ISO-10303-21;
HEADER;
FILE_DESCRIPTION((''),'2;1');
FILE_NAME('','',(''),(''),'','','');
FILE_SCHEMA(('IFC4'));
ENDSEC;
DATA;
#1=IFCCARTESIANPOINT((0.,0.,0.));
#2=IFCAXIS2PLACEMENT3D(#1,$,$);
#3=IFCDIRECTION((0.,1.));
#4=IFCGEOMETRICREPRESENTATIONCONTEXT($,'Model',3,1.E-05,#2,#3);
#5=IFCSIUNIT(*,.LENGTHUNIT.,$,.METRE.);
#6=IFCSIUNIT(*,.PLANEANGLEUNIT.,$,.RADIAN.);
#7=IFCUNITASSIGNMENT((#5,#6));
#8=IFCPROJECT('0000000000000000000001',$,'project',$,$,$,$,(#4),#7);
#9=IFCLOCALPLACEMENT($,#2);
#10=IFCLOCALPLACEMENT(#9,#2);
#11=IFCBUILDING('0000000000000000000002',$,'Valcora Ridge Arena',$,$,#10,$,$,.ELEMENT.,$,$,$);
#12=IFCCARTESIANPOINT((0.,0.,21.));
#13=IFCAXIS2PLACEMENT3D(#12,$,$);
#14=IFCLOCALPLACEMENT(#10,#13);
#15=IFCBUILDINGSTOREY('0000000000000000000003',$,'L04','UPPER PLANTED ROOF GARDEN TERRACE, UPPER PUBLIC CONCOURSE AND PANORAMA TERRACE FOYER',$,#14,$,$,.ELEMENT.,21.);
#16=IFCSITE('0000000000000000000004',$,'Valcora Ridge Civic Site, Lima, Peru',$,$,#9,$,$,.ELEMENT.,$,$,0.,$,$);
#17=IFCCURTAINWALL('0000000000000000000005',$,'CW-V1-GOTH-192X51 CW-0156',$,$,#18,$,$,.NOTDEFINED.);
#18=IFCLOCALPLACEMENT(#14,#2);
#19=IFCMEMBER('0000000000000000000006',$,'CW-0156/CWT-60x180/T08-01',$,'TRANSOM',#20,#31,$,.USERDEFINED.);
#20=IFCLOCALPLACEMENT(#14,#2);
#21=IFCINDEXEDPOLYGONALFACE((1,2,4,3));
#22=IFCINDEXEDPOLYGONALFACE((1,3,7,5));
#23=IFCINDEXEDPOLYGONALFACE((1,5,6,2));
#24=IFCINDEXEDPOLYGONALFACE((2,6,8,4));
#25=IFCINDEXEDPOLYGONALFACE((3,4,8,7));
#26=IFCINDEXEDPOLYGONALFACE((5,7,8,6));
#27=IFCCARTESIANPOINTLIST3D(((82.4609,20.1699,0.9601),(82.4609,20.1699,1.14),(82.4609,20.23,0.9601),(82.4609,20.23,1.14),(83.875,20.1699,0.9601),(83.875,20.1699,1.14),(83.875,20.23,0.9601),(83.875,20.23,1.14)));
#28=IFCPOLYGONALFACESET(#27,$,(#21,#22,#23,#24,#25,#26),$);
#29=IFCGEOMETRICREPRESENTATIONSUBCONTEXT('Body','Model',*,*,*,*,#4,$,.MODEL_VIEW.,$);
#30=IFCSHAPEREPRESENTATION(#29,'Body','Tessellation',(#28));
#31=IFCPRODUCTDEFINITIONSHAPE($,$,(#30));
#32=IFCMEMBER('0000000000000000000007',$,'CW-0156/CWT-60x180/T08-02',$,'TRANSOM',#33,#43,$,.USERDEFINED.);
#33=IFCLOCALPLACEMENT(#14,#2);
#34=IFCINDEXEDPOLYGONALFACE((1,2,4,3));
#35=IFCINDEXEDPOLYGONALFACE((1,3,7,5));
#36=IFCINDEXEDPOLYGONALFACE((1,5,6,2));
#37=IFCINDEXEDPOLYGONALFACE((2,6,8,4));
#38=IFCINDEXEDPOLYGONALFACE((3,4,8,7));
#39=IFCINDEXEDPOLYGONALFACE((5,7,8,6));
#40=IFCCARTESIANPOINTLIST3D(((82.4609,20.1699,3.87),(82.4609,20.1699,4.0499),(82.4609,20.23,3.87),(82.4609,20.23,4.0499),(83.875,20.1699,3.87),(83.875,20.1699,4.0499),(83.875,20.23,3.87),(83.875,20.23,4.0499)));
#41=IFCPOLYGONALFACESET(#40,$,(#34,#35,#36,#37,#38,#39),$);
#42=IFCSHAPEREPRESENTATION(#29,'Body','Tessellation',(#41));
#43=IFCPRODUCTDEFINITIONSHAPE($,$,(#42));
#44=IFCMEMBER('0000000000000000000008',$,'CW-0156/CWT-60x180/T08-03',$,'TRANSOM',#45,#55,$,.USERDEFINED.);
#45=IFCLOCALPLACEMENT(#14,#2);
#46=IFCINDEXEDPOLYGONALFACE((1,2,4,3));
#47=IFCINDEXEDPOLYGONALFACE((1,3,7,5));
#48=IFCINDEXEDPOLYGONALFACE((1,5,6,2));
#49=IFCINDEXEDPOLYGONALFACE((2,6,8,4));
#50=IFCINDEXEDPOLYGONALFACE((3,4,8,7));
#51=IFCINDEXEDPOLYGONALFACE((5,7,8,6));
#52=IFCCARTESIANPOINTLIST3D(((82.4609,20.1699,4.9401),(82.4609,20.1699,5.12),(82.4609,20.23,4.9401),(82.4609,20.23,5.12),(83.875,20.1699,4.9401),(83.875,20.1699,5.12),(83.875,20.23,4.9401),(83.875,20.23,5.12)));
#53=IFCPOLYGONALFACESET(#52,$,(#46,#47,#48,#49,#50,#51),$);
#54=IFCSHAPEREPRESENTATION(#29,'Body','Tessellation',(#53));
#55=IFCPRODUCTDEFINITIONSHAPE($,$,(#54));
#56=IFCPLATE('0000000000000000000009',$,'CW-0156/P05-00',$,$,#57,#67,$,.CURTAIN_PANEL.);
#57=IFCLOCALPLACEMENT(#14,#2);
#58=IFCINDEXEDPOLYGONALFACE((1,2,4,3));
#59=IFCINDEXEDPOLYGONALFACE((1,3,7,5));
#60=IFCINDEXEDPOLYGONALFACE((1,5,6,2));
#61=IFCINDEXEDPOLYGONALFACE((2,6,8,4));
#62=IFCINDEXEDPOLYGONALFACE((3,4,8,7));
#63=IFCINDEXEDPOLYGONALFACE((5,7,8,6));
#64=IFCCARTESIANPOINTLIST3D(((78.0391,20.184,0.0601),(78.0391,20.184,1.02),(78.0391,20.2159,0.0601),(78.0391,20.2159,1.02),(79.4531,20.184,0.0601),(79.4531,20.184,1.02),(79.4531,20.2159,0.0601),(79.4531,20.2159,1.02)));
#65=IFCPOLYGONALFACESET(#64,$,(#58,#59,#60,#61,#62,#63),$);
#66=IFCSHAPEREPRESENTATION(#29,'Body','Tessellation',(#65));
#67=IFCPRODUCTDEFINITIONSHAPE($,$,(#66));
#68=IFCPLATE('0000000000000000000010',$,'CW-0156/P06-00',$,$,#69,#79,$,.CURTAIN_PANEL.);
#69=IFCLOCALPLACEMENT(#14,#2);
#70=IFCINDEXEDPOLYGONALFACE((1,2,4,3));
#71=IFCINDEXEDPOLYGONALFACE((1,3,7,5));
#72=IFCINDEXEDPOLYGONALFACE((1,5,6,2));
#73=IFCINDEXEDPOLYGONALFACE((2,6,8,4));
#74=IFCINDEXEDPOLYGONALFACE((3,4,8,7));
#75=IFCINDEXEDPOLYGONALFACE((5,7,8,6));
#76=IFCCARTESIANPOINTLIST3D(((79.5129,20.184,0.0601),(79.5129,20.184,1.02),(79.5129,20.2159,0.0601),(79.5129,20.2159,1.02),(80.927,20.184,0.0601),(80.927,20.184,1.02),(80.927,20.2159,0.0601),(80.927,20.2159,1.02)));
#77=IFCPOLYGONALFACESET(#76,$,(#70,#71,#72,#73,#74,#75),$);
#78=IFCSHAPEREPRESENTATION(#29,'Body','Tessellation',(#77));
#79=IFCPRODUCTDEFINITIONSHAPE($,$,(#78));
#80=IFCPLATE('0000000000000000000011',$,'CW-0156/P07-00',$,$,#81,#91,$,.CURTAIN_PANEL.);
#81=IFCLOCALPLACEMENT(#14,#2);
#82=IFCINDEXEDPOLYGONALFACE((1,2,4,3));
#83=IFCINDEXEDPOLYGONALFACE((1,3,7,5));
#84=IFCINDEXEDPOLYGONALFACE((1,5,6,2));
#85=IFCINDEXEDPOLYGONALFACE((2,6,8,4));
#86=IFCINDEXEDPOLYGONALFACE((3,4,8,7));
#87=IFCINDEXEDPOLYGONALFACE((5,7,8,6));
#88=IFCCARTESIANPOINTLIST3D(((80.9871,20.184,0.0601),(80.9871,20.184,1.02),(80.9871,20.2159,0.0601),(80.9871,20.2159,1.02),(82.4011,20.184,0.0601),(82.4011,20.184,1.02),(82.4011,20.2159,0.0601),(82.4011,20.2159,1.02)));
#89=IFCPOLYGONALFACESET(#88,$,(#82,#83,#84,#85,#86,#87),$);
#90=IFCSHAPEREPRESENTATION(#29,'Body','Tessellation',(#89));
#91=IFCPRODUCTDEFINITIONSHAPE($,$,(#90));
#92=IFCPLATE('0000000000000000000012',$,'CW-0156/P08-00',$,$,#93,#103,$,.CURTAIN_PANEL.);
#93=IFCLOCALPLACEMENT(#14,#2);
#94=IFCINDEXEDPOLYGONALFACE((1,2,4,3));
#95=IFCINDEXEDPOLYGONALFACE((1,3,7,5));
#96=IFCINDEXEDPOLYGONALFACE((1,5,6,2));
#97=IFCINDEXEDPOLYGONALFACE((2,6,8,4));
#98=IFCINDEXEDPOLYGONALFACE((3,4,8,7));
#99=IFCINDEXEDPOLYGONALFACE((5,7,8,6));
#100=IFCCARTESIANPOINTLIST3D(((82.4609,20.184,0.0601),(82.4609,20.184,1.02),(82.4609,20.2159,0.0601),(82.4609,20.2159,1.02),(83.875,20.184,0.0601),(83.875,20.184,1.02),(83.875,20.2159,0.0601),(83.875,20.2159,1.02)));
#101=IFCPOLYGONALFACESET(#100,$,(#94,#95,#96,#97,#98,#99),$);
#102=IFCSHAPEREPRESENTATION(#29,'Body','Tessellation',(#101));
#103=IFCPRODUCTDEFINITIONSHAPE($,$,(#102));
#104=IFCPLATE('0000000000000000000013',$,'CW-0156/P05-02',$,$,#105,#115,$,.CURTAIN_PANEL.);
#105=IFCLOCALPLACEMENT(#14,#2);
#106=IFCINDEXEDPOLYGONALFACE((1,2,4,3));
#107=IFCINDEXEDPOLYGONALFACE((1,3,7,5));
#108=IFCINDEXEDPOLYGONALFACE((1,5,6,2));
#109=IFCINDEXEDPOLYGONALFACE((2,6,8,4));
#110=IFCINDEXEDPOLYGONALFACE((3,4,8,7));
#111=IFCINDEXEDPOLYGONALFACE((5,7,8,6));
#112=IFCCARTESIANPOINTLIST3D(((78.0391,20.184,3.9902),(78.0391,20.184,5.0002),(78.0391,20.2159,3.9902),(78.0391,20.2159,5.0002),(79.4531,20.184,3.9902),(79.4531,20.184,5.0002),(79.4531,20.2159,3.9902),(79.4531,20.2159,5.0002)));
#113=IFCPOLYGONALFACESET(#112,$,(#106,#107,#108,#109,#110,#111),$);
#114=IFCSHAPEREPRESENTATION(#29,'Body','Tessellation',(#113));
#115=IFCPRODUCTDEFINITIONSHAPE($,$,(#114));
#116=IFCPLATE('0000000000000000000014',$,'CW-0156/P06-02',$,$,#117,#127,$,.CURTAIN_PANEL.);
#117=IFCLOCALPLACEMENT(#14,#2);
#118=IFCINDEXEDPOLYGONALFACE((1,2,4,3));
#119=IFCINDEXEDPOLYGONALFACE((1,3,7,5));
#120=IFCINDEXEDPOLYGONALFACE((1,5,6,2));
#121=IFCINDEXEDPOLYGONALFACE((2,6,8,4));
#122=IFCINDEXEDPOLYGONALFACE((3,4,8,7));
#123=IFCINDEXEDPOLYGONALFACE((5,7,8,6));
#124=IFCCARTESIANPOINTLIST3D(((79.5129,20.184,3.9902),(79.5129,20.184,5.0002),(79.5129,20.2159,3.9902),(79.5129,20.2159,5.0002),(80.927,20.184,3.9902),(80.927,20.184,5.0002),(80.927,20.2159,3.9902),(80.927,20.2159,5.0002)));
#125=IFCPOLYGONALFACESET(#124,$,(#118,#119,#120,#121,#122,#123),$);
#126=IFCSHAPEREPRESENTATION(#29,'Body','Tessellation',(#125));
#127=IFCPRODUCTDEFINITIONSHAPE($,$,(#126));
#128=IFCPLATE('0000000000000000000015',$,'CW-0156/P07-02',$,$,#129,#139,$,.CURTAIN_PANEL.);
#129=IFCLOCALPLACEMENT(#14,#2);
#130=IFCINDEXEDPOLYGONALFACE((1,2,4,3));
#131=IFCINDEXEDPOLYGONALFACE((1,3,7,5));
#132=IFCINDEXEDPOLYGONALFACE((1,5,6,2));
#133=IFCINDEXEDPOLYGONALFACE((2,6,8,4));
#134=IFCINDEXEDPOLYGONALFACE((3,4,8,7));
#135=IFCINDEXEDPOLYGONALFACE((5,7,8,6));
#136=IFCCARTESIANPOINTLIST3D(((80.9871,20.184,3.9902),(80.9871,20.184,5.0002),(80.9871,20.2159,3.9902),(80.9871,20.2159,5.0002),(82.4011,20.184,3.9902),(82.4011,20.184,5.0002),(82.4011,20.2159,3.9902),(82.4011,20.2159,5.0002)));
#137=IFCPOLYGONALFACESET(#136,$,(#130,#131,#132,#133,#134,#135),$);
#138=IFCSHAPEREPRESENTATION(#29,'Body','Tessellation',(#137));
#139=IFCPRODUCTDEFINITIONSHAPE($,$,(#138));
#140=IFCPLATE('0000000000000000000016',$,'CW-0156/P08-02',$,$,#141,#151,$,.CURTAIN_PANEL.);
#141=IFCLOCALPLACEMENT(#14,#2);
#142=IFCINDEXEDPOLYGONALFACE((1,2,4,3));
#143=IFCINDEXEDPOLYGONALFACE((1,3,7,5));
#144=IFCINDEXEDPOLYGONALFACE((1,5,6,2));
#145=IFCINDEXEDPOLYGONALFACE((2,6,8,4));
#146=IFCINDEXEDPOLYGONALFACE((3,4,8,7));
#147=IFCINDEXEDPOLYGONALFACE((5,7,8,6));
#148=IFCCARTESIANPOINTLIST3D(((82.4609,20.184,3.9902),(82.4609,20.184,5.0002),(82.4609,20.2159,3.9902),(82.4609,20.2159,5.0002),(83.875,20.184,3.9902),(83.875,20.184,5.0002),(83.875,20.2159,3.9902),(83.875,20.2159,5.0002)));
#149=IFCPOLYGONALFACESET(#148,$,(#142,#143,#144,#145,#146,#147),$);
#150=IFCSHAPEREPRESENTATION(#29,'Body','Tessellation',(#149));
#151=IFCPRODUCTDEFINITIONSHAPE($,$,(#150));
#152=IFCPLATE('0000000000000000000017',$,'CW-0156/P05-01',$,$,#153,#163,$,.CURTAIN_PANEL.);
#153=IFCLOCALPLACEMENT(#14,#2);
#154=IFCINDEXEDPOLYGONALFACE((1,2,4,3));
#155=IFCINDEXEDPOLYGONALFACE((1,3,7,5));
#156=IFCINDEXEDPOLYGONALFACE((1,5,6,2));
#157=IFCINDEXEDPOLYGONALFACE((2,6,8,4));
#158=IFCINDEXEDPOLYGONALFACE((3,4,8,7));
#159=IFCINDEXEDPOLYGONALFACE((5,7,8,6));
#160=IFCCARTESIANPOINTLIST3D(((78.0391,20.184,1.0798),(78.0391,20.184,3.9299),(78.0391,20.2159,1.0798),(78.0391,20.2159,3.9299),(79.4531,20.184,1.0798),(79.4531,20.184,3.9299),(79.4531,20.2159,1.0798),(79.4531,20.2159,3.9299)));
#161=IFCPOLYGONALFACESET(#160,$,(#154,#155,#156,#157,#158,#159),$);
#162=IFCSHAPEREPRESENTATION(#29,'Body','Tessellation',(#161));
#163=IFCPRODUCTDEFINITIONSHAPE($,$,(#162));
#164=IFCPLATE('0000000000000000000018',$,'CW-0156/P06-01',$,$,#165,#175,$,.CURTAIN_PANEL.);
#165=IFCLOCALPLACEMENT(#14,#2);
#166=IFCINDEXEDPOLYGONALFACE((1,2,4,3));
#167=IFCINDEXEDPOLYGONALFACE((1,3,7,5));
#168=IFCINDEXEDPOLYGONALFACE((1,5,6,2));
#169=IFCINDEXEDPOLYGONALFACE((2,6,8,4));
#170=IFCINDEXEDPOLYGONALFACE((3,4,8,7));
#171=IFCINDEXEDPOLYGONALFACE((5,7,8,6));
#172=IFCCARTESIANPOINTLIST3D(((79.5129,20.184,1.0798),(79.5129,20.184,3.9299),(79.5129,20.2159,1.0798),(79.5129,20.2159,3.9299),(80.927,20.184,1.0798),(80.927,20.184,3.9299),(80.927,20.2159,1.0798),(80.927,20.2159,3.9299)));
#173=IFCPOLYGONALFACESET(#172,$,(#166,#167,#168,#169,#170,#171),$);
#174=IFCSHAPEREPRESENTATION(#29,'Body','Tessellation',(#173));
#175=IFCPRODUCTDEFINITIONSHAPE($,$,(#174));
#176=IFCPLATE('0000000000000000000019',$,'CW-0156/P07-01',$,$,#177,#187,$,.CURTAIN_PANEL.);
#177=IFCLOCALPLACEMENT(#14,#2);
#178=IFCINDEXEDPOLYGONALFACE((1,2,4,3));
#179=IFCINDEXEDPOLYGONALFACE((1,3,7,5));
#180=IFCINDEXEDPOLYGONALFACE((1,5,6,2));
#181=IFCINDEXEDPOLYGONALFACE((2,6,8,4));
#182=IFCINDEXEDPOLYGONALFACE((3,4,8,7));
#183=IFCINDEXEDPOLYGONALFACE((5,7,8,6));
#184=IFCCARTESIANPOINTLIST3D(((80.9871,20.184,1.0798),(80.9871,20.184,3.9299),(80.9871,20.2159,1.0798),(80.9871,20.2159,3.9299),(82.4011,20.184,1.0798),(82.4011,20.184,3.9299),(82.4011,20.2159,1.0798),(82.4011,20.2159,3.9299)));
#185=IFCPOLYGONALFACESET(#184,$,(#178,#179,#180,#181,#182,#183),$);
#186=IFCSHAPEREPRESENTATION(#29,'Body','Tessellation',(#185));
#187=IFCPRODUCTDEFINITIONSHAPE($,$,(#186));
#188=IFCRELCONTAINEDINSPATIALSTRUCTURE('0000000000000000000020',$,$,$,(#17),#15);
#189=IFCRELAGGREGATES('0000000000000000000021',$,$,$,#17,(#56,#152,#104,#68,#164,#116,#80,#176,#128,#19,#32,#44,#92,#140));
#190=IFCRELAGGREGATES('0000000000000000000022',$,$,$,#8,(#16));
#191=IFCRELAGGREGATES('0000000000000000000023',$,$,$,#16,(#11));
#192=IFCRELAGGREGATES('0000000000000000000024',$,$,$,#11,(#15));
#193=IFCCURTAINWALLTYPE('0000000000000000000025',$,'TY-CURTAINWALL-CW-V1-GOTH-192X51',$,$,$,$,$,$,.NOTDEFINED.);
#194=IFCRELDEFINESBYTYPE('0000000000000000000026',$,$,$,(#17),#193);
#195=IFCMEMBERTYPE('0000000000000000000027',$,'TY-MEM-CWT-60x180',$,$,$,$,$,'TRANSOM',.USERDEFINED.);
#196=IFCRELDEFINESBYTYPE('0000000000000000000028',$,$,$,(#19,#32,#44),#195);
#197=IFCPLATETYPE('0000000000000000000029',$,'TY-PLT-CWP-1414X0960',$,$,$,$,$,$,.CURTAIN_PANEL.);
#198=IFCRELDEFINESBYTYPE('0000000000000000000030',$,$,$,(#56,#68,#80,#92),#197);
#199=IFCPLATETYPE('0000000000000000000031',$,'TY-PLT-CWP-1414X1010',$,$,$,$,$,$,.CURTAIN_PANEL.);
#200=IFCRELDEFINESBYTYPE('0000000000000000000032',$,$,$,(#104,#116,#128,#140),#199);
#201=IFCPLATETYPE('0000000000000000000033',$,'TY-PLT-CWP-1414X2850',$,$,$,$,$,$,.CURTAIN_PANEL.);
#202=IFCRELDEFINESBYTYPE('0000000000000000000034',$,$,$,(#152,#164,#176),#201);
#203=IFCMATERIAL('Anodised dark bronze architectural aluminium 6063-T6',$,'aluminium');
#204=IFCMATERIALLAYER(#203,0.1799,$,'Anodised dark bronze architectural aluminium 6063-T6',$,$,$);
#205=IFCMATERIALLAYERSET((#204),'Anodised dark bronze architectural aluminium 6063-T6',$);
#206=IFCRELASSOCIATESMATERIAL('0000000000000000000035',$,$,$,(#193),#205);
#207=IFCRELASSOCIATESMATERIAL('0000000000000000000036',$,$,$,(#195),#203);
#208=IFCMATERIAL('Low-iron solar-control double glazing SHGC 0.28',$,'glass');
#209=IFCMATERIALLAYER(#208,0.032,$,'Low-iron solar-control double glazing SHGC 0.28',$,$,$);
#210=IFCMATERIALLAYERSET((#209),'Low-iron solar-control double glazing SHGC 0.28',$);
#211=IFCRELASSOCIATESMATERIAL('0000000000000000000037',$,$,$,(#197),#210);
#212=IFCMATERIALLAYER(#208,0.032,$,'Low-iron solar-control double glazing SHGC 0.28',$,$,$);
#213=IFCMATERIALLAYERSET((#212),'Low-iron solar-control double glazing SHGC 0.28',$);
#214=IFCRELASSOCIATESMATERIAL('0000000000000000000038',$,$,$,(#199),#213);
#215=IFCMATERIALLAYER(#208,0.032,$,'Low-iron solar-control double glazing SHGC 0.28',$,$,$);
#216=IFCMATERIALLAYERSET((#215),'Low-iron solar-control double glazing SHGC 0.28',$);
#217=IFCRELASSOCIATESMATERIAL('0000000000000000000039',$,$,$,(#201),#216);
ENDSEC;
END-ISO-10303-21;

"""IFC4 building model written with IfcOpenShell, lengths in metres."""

from ifc_helpers import new_model, si_unit, direction, frame, origin, origin_2d, place, context, subcontext, project, spatial, rectangle, extrude, material, layer, layer_set, material_profile, profile_set, type_object, element, aggregate, save


model = new_model("IFC4")

# Units and contexts
model_context = context("Model", 3, precision=1e-05, world=origin(), true_north=direction((0.0, 1.0)))
body_context = subcontext(model_context, "Body", "Model", "MODEL_VIEW")
ifc_project = project(units=[si_unit("LENGTHUNIT", "METRE"), si_unit("PLANEANGLEUNIT", "RADIAN")], contexts=[model_context])

# Site, building, storey
site_placement = place(None, origin())
site = spatial("IfcSite", under=ifc_project, at=site_placement, Name="Valcora Ridge Civic Site, Lima, Peru", CompositionType="ELEMENT", RefElevation=0.0)
building_placement = place(site_placement, origin())
building = spatial("IfcBuilding", under=site, at=building_placement, Name="Valcora Ridge Arena", CompositionType="ELEMENT")
storey_placement = place(building_placement, frame((0.0, 0.0, 21.0)))
storey = spatial("IfcBuildingStorey", under=building, at=storey_placement, Name="L04", Description="UPPER PLANTED ROOF GARDEN TERRACE, UPPER PUBLIC CONCOURSE AND PANORAMA TERRACE FOYER", CompositionType="ELEMENT", Elevation=21.0)

# Curtain wall, members, plates
ifc_material_1 = material(Name="Anodised dark bronze architectural aluminium 6063-T6", Category="aluminium")
ifc_layer_1 = layer(ifc_material_1, 0.1799, Name="Anodised dark bronze architectural aluminium 6063-T6")
ifc_layer_set_1 = layer_set([ifc_layer_1], Name="Anodised dark bronze architectural aluminium 6063-T6")
curtain_wall_type = type_object("IfcCurtainWallType", Name="TY-CURTAINWALL-CW-V1-GOTH-192X51", PredefinedType="NOTDEFINED", material=ifc_layer_set_1)
curtain_wall_placement = place(storey_placement, origin())
curtain_wall = element("IfcCurtainWall", 1, at=curtain_wall_placement, inside=storey, type_object=curtain_wall_type, Name="CW-V1-GOTH-192X51 CW-0156", PredefinedType="NOTDEFINED")
ifc_material_profile_1 = material_profile(ifc_material_1, rectangle(XDim=0.0601, YDim=0.1799, at=origin_2d()), Name="ALU TRANSOM 60x180")
ifc_profile_set_1 = profile_set([ifc_material_profile_1], Name="Anodised dark bronze architectural aluminium 6063-T6")
member_type_1 = type_object("IfcMemberType", Name="TY-MEM-CWT-60x180", ElementType="TRANSOM", PredefinedType="USERDEFINED", material=ifc_profile_set_1)
member_1_placement = place(storey_placement, frame((82.4609, 20.2, 1.05), z_axis=(1.0, 0.0, 0.0), x_axis=(0.0, 1.0, 0.0)))
member_1 = element("IfcMember", 2, at=member_1_placement, type_object=member_type_1, Name="CW-0156/CWT-60x180/T08-01", ObjectType="TRANSOM", PredefinedType="USERDEFINED", context=body_context, shape_type="SweptSolid", body=[
    extrude(rectangle(XDim=0.0601, YDim=0.1799, at=origin_2d()), origin(), (0.0, 0.0, 1.0), 1.4141),
])
member_2_placement = place(storey_placement, frame((82.4609, 20.2, 3.96), z_axis=(1.0, 0.0, 0.0), x_axis=(0.0, 1.0, 0.0)))
member_2 = element("IfcMember", 3, at=member_2_placement, type_object=member_type_1, Name="CW-0156/CWT-60x180/T08-02", ObjectType="TRANSOM", PredefinedType="USERDEFINED", context=body_context, shape_type="SweptSolid", body=[
    extrude(rectangle(XDim=0.0601, YDim=0.1799, at=origin_2d()), origin(), (0.0, 0.0, 1.0), 1.4141),
])
member_3_placement = place(storey_placement, frame((82.4609, 20.2, 5.03), z_axis=(1.0, 0.0, 0.0), x_axis=(0.0, 1.0, 0.0)))
member_3 = element("IfcMember", 4, at=member_3_placement, type_object=member_type_1, Name="CW-0156/CWT-60x180/T08-03", ObjectType="TRANSOM", PredefinedType="USERDEFINED", context=body_context, shape_type="SweptSolid", body=[
    extrude(rectangle(XDim=0.0601, YDim=0.1799, at=origin_2d()), origin(), (0.0, 0.0, 1.0), 1.4141),
])
ifc_material_2 = material(Name="Low-iron solar-control double glazing SHGC 0.28", Category="glass")
ifc_layer_2 = layer(ifc_material_2, 0.032, Name="Low-iron solar-control double glazing SHGC 0.28")
ifc_layer_set_2 = layer_set([ifc_layer_2], Name="Low-iron solar-control double glazing SHGC 0.28")
plate_type_1 = type_object("IfcPlateType", Name="TY-PLT-CWP-1414X0960", PredefinedType="CURTAIN_PANEL", material=ifc_layer_set_2)
plate_1_placement = place(storey_placement, frame((78.7461, 20.2, 0.0601), z_axis=(0.0, 0.0, 1.0), x_axis=(1.0, 0.0, 0.0)))
plate_1 = element("IfcPlate", 5, at=plate_1_placement, type_object=plate_type_1, Name="CW-0156/P05-00", PredefinedType="CURTAIN_PANEL", context=body_context, shape_type="SweptSolid", body=[
    extrude(rectangle(XDim=1.4141, YDim=0.032, at=origin_2d()), origin(), (0.0, 0.0, 1.0), 0.96),
])
plate_2_placement = place(storey_placement, frame((80.22, 20.2, 0.0601), z_axis=(0.0, 0.0, 1.0), x_axis=(1.0, 0.0, 0.0)))
plate_2 = element("IfcPlate", 6, at=plate_2_placement, type_object=plate_type_1, Name="CW-0156/P06-00", PredefinedType="CURTAIN_PANEL", context=body_context, shape_type="SweptSolid", body=[
    extrude(rectangle(XDim=1.4141, YDim=0.032, at=origin_2d()), origin(), (0.0, 0.0, 1.0), 0.96),
])
plate_3_placement = place(storey_placement, frame((81.6941, 20.2, 0.0601), z_axis=(0.0, 0.0, 1.0), x_axis=(1.0, 0.0, 0.0)))
plate_3 = element("IfcPlate", 7, at=plate_3_placement, type_object=plate_type_1, Name="CW-0156/P07-00", PredefinedType="CURTAIN_PANEL", context=body_context, shape_type="SweptSolid", body=[
    extrude(rectangle(XDim=1.4141, YDim=0.032, at=origin_2d()), origin(), (0.0, 0.0, 1.0), 0.96),
])
plate_4_placement = place(storey_placement, frame((83.168, 20.2, 0.0601), z_axis=(0.0, 0.0, 1.0), x_axis=(1.0, 0.0, 0.0)))
plate_4 = element("IfcPlate", 8, at=plate_4_placement, type_object=plate_type_1, Name="CW-0156/P08-00", PredefinedType="CURTAIN_PANEL", context=body_context, shape_type="SweptSolid", body=[
    extrude(rectangle(XDim=1.4141, YDim=0.032, at=origin_2d()), origin(), (0.0, 0.0, 1.0), 0.96),
])
ifc_layer_3 = layer(ifc_material_2, 0.032, Name="Low-iron solar-control double glazing SHGC 0.28")
ifc_layer_set_3 = layer_set([ifc_layer_3], Name="Low-iron solar-control double glazing SHGC 0.28")
plate_type_2 = type_object("IfcPlateType", Name="TY-PLT-CWP-1414X1010", PredefinedType="CURTAIN_PANEL", material=ifc_layer_set_3)
plate_5_placement = place(storey_placement, frame((78.7461, 20.2, 3.9902), z_axis=(0.0, 0.0, 1.0), x_axis=(1.0, 0.0, 0.0)))
plate_5 = element("IfcPlate", 9, at=plate_5_placement, type_object=plate_type_2, Name="CW-0156/P05-02", PredefinedType="CURTAIN_PANEL", context=body_context, shape_type="SweptSolid", body=[
    extrude(rectangle(XDim=1.4141, YDim=0.032, at=origin_2d()), origin(), (0.0, 0.0, 1.0), 1.01),
])
plate_6_placement = place(storey_placement, frame((80.22, 20.2, 3.9902), z_axis=(0.0, 0.0, 1.0), x_axis=(1.0, 0.0, 0.0)))
plate_6 = element("IfcPlate", 10, at=plate_6_placement, type_object=plate_type_2, Name="CW-0156/P06-02", PredefinedType="CURTAIN_PANEL", context=body_context, shape_type="SweptSolid", body=[
    extrude(rectangle(XDim=1.4141, YDim=0.032, at=origin_2d()), origin(), (0.0, 0.0, 1.0), 1.01),
])
plate_7_placement = place(storey_placement, frame((81.6941, 20.2, 3.9902), z_axis=(0.0, 0.0, 1.0), x_axis=(1.0, 0.0, 0.0)))
plate_7 = element("IfcPlate", 11, at=plate_7_placement, type_object=plate_type_2, Name="CW-0156/P07-02", PredefinedType="CURTAIN_PANEL", context=body_context, shape_type="SweptSolid", body=[
    extrude(rectangle(XDim=1.4141, YDim=0.032, at=origin_2d()), origin(), (0.0, 0.0, 1.0), 1.01),
])
plate_8_placement = place(storey_placement, frame((83.168, 20.2, 3.9902), z_axis=(0.0, 0.0, 1.0), x_axis=(1.0, 0.0, 0.0)))
plate_8 = element("IfcPlate", 12, at=plate_8_placement, type_object=plate_type_2, Name="CW-0156/P08-02", PredefinedType="CURTAIN_PANEL", context=body_context, shape_type="SweptSolid", body=[
    extrude(rectangle(XDim=1.4141, YDim=0.032, at=origin_2d()), origin(), (0.0, 0.0, 1.0), 1.01),
])
ifc_layer_4 = layer(ifc_material_2, 0.032, Name="Low-iron solar-control double glazing SHGC 0.28")
ifc_layer_set_4 = layer_set([ifc_layer_4], Name="Low-iron solar-control double glazing SHGC 0.28")
plate_type_3 = type_object("IfcPlateType", Name="TY-PLT-CWP-1414X2850", PredefinedType="CURTAIN_PANEL", material=ifc_layer_set_4)
plate_9_placement = place(storey_placement, frame((78.7461, 20.2, 1.0798), z_axis=(0.0, 0.0, 1.0), x_axis=(1.0, 0.0, 0.0)))
plate_9 = element("IfcPlate", 13, at=plate_9_placement, type_object=plate_type_3, Name="CW-0156/P05-01", PredefinedType="CURTAIN_PANEL", context=body_context, shape_type="SweptSolid", body=[
    extrude(rectangle(XDim=1.4141, YDim=0.032, at=origin_2d()), origin(), (0.0, 0.0, 1.0), 2.8501),
])
plate_10_placement = place(storey_placement, frame((80.22, 20.2, 1.0798), z_axis=(0.0, 0.0, 1.0), x_axis=(1.0, 0.0, 0.0)))
plate_10 = element("IfcPlate", 14, at=plate_10_placement, type_object=plate_type_3, Name="CW-0156/P06-01", PredefinedType="CURTAIN_PANEL", context=body_context, shape_type="SweptSolid", body=[
    extrude(rectangle(XDim=1.4141, YDim=0.032, at=origin_2d()), origin(), (0.0, 0.0, 1.0), 2.8501),
])
plate_11_placement = place(storey_placement, frame((81.6941, 20.2, 1.0798), z_axis=(0.0, 0.0, 1.0), x_axis=(1.0, 0.0, 0.0)))
plate_11 = element("IfcPlate", 15, at=plate_11_placement, type_object=plate_type_3, Name="CW-0156/P07-01", PredefinedType="CURTAIN_PANEL", context=body_context, shape_type="SweptSolid", body=[
    extrude(rectangle(XDim=1.4141, YDim=0.032, at=origin_2d()), origin(), (0.0, 0.0, 1.0), 2.8501),
])
aggregate(curtain_wall, [plate_1, plate_9, plate_5, plate_2, plate_10, plate_6, plate_3, plate_11, plate_7, member_1, member_2, member_3, plate_4, plate_8])

save(model, "model.ifc")
